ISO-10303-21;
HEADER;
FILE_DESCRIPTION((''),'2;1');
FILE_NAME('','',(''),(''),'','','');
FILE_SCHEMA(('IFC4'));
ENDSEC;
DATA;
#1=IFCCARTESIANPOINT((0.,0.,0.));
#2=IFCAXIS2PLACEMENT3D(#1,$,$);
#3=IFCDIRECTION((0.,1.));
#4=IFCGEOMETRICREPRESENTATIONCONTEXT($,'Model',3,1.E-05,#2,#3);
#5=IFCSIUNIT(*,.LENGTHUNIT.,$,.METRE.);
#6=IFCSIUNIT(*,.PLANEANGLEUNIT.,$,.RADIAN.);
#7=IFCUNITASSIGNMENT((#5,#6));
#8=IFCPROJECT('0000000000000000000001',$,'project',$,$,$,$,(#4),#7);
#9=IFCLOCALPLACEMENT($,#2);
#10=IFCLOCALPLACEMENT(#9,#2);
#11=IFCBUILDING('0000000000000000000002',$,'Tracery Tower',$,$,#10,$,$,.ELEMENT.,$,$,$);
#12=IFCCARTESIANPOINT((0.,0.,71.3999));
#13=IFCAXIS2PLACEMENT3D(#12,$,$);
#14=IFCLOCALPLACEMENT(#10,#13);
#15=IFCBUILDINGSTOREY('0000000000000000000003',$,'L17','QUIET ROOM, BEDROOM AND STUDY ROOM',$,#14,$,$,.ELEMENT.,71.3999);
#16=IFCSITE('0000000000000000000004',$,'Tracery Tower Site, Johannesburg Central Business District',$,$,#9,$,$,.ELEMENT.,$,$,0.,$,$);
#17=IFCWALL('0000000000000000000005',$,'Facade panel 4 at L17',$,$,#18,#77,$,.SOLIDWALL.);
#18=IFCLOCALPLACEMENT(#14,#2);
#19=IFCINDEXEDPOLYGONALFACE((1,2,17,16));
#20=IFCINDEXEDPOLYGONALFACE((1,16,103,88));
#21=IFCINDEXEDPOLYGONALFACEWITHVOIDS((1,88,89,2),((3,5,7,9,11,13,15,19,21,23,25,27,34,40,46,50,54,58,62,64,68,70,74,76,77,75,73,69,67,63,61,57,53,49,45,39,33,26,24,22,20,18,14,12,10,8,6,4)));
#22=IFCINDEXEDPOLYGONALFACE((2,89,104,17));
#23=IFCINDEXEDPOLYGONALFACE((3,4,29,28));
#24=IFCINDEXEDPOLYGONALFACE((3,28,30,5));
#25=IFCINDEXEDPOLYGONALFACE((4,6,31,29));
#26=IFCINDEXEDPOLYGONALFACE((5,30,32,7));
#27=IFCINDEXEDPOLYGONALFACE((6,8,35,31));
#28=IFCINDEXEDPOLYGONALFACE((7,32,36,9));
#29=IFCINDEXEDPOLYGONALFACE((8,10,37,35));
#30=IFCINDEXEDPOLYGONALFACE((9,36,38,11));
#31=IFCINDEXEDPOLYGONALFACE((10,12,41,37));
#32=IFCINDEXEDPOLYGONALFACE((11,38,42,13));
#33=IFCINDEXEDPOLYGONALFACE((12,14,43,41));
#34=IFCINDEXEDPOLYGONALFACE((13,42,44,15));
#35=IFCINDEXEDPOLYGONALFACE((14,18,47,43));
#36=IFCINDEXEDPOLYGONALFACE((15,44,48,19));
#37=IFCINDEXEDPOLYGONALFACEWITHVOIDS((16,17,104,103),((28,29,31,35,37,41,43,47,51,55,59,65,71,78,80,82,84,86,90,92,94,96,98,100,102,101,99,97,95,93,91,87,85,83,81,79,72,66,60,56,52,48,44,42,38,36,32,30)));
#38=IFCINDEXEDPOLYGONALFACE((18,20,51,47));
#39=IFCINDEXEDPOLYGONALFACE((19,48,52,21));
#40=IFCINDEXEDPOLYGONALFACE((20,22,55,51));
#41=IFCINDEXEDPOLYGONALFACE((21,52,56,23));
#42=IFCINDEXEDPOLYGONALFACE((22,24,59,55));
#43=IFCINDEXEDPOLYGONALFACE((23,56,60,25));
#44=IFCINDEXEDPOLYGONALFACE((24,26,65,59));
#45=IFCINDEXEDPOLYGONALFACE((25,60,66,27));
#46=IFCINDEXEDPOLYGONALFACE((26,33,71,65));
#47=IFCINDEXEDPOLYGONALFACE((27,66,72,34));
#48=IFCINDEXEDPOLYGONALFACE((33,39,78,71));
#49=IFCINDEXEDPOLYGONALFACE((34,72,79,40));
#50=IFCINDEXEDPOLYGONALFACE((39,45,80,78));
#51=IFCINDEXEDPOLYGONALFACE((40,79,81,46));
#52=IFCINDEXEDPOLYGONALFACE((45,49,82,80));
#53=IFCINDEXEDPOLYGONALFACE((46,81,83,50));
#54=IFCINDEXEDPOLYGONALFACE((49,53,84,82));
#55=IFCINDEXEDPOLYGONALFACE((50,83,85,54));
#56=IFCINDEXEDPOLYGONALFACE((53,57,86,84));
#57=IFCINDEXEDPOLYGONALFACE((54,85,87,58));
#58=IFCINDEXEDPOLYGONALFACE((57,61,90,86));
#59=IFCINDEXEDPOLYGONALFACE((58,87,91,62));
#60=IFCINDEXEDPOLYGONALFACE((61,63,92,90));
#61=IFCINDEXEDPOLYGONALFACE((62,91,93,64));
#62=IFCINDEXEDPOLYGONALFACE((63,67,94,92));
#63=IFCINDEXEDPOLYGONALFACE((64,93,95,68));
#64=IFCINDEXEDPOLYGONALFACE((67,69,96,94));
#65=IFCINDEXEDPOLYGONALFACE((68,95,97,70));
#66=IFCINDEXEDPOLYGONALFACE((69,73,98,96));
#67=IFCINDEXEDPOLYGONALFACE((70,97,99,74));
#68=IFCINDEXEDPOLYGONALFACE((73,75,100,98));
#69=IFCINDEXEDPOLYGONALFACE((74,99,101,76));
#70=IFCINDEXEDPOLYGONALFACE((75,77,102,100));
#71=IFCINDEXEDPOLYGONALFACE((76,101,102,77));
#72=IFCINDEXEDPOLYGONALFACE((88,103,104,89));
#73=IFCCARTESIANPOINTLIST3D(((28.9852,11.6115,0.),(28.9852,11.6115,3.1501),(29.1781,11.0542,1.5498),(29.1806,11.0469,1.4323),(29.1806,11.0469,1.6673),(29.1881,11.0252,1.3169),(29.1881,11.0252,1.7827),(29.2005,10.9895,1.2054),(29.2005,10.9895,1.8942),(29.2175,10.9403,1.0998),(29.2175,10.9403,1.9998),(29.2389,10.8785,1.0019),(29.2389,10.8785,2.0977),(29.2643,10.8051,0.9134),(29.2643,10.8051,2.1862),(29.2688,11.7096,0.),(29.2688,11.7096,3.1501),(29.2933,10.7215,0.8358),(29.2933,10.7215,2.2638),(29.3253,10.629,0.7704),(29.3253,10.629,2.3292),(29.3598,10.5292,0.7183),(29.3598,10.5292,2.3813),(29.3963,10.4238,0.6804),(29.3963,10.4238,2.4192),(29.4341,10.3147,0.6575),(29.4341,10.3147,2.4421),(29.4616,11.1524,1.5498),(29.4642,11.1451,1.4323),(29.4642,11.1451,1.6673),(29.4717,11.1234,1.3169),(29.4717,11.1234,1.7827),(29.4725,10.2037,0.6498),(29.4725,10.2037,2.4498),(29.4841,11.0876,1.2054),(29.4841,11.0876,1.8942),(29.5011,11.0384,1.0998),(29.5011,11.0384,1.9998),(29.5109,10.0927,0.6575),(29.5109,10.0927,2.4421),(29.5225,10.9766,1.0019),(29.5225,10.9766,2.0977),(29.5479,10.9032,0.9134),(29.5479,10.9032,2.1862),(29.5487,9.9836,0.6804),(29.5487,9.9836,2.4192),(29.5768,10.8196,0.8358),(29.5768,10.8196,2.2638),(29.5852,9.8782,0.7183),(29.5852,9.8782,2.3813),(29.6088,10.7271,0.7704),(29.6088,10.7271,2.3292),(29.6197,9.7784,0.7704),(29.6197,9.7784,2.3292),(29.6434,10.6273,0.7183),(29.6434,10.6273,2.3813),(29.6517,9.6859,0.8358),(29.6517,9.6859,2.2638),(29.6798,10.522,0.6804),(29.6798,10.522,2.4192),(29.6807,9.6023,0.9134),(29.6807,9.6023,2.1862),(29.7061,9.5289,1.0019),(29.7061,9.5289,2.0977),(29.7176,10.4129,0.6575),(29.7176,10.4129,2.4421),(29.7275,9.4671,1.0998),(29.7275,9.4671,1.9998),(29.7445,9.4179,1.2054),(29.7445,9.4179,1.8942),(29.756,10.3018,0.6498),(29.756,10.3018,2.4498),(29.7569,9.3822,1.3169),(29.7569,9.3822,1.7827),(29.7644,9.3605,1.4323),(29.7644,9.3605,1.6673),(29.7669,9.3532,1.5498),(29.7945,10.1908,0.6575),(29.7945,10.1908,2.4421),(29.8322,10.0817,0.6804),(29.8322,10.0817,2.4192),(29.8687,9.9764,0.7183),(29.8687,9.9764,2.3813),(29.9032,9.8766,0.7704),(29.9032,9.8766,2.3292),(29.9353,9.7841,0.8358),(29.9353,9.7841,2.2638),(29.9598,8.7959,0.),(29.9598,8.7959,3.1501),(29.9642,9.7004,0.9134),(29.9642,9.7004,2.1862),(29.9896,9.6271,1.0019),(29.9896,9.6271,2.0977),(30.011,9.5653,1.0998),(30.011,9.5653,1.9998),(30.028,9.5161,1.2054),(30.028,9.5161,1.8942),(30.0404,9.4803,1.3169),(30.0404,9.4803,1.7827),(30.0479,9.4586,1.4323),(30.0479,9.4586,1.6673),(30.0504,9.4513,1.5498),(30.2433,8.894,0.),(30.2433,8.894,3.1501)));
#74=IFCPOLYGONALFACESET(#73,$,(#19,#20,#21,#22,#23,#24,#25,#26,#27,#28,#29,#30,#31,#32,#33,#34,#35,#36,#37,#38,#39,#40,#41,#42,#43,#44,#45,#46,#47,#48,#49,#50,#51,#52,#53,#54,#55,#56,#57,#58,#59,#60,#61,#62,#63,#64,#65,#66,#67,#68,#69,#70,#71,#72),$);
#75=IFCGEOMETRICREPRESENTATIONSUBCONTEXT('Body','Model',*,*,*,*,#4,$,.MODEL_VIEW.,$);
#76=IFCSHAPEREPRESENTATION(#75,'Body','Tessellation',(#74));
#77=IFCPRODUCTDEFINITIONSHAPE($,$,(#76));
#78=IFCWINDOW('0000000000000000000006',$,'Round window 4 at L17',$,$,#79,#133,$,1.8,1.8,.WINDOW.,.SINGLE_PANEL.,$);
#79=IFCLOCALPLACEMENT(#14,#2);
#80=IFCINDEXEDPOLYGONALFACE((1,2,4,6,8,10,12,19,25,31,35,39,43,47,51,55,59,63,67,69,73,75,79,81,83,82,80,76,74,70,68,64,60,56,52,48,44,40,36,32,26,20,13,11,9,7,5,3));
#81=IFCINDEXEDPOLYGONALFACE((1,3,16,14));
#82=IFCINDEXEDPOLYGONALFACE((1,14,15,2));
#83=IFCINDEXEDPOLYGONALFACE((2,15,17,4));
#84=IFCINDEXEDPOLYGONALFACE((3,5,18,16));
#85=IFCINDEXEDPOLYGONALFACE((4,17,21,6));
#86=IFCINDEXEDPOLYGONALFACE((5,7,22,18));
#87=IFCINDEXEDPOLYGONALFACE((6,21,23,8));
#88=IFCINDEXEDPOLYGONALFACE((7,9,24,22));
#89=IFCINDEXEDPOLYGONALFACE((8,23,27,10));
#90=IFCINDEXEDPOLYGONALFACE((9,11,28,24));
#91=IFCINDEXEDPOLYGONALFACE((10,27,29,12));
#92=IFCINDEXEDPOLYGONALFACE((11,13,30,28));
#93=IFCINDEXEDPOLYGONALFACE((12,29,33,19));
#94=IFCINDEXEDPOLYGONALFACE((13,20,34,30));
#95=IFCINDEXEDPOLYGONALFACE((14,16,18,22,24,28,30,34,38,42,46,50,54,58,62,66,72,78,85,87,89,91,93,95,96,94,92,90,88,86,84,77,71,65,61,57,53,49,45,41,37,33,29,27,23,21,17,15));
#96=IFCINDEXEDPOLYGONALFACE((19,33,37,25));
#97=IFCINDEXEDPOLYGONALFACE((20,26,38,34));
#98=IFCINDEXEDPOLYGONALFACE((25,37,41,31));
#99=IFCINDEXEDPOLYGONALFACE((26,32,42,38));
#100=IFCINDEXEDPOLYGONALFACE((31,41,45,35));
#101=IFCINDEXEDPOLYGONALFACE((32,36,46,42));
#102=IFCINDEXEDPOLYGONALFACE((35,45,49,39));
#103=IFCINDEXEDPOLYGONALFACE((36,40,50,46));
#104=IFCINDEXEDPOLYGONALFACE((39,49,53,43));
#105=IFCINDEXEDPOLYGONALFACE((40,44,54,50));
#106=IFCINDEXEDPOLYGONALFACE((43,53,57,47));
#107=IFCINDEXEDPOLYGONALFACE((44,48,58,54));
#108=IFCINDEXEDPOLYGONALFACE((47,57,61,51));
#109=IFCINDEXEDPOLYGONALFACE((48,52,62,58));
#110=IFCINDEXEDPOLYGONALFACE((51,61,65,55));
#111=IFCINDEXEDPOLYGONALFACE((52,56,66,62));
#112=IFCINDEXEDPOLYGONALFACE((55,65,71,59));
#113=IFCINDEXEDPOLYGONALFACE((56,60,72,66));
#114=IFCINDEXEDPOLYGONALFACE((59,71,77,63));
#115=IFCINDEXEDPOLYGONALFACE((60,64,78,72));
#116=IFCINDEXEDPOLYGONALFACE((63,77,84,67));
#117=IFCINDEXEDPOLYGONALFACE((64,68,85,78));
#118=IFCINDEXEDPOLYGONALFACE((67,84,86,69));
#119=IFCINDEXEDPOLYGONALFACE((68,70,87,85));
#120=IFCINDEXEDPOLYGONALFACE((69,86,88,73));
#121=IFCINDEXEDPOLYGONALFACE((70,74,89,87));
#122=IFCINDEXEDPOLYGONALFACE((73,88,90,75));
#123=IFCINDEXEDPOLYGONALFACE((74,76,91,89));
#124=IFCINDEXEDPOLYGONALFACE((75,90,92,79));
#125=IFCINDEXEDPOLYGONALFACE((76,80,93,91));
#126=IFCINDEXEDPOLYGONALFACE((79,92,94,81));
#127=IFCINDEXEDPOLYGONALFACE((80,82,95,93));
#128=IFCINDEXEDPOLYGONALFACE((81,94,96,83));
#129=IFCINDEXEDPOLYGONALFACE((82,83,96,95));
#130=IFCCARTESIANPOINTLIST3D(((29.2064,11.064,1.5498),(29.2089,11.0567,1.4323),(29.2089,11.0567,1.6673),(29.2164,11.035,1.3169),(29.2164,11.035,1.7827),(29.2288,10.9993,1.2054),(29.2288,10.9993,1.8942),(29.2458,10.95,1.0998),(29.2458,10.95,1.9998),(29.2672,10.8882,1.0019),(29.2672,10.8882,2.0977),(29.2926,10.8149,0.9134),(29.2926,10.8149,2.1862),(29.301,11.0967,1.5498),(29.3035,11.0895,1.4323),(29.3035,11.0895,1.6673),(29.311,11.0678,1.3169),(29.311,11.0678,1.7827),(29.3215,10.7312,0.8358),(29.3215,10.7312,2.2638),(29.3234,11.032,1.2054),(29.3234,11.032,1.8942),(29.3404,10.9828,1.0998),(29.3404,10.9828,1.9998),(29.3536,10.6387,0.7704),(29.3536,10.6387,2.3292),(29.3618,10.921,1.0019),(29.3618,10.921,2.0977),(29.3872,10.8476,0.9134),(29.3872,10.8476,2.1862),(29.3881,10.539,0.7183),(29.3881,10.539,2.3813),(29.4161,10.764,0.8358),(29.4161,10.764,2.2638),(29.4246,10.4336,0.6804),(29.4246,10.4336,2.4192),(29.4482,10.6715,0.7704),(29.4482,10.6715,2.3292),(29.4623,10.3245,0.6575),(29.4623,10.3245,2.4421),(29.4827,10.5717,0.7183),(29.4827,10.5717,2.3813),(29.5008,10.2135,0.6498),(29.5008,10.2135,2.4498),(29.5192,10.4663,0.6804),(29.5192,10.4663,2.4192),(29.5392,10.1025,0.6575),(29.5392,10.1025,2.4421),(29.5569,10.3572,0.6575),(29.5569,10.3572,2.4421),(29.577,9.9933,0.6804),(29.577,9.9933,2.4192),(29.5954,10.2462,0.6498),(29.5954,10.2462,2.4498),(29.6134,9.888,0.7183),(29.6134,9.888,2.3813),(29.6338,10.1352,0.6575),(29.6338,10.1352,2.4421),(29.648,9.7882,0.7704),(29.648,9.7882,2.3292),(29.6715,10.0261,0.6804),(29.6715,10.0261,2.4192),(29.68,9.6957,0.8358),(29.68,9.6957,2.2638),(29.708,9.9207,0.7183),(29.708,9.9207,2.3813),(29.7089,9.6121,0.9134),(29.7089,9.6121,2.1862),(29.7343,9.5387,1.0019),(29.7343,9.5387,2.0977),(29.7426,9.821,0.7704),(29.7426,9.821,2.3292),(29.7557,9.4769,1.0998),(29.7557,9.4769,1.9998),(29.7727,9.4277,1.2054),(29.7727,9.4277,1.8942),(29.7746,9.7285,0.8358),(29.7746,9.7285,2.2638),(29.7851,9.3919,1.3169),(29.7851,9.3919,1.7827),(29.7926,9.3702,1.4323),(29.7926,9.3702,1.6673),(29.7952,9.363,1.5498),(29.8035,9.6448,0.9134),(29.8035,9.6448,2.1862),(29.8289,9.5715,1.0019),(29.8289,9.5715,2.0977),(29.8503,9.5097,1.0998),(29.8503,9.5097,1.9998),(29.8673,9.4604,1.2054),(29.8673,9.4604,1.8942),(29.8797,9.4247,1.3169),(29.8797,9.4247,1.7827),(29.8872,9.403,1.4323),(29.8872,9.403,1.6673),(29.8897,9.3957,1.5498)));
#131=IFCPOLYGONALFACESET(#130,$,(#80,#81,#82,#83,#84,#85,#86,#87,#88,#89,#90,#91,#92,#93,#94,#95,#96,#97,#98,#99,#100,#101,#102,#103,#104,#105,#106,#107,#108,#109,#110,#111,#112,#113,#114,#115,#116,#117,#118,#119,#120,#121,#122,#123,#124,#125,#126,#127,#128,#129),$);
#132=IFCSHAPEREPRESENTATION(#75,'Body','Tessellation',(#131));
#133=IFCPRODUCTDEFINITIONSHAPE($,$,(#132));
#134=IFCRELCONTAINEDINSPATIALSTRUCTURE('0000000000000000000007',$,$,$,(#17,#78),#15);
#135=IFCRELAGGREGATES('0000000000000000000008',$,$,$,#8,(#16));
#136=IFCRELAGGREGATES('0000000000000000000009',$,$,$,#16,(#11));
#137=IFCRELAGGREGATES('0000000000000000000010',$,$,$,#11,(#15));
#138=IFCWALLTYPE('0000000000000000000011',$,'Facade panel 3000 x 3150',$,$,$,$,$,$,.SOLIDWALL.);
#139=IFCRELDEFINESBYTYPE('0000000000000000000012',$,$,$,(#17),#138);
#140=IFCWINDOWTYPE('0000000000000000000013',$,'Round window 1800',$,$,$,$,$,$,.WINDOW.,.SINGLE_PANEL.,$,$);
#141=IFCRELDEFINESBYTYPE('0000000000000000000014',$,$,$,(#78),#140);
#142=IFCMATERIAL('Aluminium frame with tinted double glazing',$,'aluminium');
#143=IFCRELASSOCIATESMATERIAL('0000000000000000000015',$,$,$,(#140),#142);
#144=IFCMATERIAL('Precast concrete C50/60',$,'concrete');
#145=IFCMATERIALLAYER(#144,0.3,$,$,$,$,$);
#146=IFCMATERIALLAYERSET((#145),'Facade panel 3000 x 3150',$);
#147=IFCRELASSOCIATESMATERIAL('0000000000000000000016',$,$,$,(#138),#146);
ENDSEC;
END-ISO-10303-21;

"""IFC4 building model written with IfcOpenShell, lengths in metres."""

from ifc_helpers import new_model, si_unit, direction, frame, frame_2d, origin, origin_2d, place, context, subcontext, project, spatial, rectangle, circle, extrude, material, layer, layer_set, type_object, element, fill, save


model = new_model("IFC4")

# Units and contexts
model_context = context("Model", 3, precision=1e-05, world=origin(), true_north=direction((0.0, 1.0)))
body_context = subcontext(model_context, "Body", "Model", "MODEL_VIEW")
ifc_project = project(units=[si_unit("LENGTHUNIT", "METRE"), si_unit("PLANEANGLEUNIT", "RADIAN")], contexts=[model_context])

# Site, building, storey
site_placement = place(None, origin())
site = spatial("IfcSite", under=ifc_project, at=site_placement, Name="Tracery Tower Site, Johannesburg Central Business District", CompositionType="ELEMENT", RefElevation=0.0)
building_placement = place(site_placement, origin())
building = spatial("IfcBuilding", under=site, at=building_placement, Name="Tracery Tower", CompositionType="ELEMENT")
storey_placement = place(building_placement, frame((0.0, 0.0, 71.3999)))
storey = spatial("IfcBuildingStorey", under=building, at=storey_placement, Name="L17", Description="QUIET ROOM, BEDROOM AND STUDY ROOM", CompositionType="ELEMENT", Elevation=71.3999)

# Wall, opening, window
ifc_material_1 = material(Name="Aluminium frame with tinted double glazing", Category="aluminium")
window_type = type_object("IfcWindowType", Name="Round window 1800", PartitioningType="SINGLE_PANEL", PredefinedType="WINDOW", material=ifc_material_1)
ifc_material_2 = material(Name="Precast concrete C50/60", Category="concrete")
ifc_layer_1 = layer(ifc_material_2, 0.3)
ifc_layer_set_1 = layer_set([ifc_layer_1], Name="Facade panel 3000 x 3150")
wall_type_1 = type_object("IfcWallType", Name="Facade panel 3000 x 3150", PredefinedType="SOLIDWALL", material=ifc_layer_set_1)
wall_1_placement = place(storey_placement, frame((30.1016, 8.845, 0.0), z_axis=(0.0, 0.0, 1.0), x_axis=(-0.327096, 0.944991, 0.0)))
wall_1 = element("IfcWall", 1, at=wall_1_placement, inside=storey, type_object=wall_type_1, Name="Facade panel 4 at L17", PredefinedType="SOLIDWALL", context=body_context, shape_type="SweptSolid", body=[
    extrude(rectangle(XDim=2.9795, YDim=0.3, at=frame_2d((1.4897, 0.0))), origin(), (0.0, 0.0, 1.0), 3.1501),
])
opening_1_placement = place(wall_1_placement, frame((1.4897, 0.0, 1.5498)))
opening_1 = element("IfcOpeningElement", 2, at=opening_1_placement, cuts=wall_1, PredefinedType="OPENING", context=body_context, shape_type="SweptSolid", body=[
    extrude(circle(Radius=0.9, at=origin_2d()), frame((0.0, 0.1599, 0.0), z_axis=(0.0, -1.0, 0.0), x_axis=(1.0, 0.0, 0.0)), (0.0, 0.0, 1.0), 0.3201),
])
window_1_placement = place(opening_1_placement, origin())
window_1 = element("IfcWindow", 3, at=window_1_placement, inside=storey, type_object=window_type, Name="Round window 4 at L17", OverallHeight=1.8, OverallWidth=1.8, PartitioningType="SINGLE_PANEL", PredefinedType="WINDOW", context=body_context, shape_type="SweptSolid", body=[
    extrude(circle(Radius=0.9, at=origin_2d()), frame((0.0, 0.1201, 0.0), z_axis=(0.0, -1.0, 0.0), x_axis=(1.0, 0.0, 0.0)), (0.0, 0.0, 1.0), 0.1001),
])
fill(opening_1, window_1)

save(model, "model.ifc")
